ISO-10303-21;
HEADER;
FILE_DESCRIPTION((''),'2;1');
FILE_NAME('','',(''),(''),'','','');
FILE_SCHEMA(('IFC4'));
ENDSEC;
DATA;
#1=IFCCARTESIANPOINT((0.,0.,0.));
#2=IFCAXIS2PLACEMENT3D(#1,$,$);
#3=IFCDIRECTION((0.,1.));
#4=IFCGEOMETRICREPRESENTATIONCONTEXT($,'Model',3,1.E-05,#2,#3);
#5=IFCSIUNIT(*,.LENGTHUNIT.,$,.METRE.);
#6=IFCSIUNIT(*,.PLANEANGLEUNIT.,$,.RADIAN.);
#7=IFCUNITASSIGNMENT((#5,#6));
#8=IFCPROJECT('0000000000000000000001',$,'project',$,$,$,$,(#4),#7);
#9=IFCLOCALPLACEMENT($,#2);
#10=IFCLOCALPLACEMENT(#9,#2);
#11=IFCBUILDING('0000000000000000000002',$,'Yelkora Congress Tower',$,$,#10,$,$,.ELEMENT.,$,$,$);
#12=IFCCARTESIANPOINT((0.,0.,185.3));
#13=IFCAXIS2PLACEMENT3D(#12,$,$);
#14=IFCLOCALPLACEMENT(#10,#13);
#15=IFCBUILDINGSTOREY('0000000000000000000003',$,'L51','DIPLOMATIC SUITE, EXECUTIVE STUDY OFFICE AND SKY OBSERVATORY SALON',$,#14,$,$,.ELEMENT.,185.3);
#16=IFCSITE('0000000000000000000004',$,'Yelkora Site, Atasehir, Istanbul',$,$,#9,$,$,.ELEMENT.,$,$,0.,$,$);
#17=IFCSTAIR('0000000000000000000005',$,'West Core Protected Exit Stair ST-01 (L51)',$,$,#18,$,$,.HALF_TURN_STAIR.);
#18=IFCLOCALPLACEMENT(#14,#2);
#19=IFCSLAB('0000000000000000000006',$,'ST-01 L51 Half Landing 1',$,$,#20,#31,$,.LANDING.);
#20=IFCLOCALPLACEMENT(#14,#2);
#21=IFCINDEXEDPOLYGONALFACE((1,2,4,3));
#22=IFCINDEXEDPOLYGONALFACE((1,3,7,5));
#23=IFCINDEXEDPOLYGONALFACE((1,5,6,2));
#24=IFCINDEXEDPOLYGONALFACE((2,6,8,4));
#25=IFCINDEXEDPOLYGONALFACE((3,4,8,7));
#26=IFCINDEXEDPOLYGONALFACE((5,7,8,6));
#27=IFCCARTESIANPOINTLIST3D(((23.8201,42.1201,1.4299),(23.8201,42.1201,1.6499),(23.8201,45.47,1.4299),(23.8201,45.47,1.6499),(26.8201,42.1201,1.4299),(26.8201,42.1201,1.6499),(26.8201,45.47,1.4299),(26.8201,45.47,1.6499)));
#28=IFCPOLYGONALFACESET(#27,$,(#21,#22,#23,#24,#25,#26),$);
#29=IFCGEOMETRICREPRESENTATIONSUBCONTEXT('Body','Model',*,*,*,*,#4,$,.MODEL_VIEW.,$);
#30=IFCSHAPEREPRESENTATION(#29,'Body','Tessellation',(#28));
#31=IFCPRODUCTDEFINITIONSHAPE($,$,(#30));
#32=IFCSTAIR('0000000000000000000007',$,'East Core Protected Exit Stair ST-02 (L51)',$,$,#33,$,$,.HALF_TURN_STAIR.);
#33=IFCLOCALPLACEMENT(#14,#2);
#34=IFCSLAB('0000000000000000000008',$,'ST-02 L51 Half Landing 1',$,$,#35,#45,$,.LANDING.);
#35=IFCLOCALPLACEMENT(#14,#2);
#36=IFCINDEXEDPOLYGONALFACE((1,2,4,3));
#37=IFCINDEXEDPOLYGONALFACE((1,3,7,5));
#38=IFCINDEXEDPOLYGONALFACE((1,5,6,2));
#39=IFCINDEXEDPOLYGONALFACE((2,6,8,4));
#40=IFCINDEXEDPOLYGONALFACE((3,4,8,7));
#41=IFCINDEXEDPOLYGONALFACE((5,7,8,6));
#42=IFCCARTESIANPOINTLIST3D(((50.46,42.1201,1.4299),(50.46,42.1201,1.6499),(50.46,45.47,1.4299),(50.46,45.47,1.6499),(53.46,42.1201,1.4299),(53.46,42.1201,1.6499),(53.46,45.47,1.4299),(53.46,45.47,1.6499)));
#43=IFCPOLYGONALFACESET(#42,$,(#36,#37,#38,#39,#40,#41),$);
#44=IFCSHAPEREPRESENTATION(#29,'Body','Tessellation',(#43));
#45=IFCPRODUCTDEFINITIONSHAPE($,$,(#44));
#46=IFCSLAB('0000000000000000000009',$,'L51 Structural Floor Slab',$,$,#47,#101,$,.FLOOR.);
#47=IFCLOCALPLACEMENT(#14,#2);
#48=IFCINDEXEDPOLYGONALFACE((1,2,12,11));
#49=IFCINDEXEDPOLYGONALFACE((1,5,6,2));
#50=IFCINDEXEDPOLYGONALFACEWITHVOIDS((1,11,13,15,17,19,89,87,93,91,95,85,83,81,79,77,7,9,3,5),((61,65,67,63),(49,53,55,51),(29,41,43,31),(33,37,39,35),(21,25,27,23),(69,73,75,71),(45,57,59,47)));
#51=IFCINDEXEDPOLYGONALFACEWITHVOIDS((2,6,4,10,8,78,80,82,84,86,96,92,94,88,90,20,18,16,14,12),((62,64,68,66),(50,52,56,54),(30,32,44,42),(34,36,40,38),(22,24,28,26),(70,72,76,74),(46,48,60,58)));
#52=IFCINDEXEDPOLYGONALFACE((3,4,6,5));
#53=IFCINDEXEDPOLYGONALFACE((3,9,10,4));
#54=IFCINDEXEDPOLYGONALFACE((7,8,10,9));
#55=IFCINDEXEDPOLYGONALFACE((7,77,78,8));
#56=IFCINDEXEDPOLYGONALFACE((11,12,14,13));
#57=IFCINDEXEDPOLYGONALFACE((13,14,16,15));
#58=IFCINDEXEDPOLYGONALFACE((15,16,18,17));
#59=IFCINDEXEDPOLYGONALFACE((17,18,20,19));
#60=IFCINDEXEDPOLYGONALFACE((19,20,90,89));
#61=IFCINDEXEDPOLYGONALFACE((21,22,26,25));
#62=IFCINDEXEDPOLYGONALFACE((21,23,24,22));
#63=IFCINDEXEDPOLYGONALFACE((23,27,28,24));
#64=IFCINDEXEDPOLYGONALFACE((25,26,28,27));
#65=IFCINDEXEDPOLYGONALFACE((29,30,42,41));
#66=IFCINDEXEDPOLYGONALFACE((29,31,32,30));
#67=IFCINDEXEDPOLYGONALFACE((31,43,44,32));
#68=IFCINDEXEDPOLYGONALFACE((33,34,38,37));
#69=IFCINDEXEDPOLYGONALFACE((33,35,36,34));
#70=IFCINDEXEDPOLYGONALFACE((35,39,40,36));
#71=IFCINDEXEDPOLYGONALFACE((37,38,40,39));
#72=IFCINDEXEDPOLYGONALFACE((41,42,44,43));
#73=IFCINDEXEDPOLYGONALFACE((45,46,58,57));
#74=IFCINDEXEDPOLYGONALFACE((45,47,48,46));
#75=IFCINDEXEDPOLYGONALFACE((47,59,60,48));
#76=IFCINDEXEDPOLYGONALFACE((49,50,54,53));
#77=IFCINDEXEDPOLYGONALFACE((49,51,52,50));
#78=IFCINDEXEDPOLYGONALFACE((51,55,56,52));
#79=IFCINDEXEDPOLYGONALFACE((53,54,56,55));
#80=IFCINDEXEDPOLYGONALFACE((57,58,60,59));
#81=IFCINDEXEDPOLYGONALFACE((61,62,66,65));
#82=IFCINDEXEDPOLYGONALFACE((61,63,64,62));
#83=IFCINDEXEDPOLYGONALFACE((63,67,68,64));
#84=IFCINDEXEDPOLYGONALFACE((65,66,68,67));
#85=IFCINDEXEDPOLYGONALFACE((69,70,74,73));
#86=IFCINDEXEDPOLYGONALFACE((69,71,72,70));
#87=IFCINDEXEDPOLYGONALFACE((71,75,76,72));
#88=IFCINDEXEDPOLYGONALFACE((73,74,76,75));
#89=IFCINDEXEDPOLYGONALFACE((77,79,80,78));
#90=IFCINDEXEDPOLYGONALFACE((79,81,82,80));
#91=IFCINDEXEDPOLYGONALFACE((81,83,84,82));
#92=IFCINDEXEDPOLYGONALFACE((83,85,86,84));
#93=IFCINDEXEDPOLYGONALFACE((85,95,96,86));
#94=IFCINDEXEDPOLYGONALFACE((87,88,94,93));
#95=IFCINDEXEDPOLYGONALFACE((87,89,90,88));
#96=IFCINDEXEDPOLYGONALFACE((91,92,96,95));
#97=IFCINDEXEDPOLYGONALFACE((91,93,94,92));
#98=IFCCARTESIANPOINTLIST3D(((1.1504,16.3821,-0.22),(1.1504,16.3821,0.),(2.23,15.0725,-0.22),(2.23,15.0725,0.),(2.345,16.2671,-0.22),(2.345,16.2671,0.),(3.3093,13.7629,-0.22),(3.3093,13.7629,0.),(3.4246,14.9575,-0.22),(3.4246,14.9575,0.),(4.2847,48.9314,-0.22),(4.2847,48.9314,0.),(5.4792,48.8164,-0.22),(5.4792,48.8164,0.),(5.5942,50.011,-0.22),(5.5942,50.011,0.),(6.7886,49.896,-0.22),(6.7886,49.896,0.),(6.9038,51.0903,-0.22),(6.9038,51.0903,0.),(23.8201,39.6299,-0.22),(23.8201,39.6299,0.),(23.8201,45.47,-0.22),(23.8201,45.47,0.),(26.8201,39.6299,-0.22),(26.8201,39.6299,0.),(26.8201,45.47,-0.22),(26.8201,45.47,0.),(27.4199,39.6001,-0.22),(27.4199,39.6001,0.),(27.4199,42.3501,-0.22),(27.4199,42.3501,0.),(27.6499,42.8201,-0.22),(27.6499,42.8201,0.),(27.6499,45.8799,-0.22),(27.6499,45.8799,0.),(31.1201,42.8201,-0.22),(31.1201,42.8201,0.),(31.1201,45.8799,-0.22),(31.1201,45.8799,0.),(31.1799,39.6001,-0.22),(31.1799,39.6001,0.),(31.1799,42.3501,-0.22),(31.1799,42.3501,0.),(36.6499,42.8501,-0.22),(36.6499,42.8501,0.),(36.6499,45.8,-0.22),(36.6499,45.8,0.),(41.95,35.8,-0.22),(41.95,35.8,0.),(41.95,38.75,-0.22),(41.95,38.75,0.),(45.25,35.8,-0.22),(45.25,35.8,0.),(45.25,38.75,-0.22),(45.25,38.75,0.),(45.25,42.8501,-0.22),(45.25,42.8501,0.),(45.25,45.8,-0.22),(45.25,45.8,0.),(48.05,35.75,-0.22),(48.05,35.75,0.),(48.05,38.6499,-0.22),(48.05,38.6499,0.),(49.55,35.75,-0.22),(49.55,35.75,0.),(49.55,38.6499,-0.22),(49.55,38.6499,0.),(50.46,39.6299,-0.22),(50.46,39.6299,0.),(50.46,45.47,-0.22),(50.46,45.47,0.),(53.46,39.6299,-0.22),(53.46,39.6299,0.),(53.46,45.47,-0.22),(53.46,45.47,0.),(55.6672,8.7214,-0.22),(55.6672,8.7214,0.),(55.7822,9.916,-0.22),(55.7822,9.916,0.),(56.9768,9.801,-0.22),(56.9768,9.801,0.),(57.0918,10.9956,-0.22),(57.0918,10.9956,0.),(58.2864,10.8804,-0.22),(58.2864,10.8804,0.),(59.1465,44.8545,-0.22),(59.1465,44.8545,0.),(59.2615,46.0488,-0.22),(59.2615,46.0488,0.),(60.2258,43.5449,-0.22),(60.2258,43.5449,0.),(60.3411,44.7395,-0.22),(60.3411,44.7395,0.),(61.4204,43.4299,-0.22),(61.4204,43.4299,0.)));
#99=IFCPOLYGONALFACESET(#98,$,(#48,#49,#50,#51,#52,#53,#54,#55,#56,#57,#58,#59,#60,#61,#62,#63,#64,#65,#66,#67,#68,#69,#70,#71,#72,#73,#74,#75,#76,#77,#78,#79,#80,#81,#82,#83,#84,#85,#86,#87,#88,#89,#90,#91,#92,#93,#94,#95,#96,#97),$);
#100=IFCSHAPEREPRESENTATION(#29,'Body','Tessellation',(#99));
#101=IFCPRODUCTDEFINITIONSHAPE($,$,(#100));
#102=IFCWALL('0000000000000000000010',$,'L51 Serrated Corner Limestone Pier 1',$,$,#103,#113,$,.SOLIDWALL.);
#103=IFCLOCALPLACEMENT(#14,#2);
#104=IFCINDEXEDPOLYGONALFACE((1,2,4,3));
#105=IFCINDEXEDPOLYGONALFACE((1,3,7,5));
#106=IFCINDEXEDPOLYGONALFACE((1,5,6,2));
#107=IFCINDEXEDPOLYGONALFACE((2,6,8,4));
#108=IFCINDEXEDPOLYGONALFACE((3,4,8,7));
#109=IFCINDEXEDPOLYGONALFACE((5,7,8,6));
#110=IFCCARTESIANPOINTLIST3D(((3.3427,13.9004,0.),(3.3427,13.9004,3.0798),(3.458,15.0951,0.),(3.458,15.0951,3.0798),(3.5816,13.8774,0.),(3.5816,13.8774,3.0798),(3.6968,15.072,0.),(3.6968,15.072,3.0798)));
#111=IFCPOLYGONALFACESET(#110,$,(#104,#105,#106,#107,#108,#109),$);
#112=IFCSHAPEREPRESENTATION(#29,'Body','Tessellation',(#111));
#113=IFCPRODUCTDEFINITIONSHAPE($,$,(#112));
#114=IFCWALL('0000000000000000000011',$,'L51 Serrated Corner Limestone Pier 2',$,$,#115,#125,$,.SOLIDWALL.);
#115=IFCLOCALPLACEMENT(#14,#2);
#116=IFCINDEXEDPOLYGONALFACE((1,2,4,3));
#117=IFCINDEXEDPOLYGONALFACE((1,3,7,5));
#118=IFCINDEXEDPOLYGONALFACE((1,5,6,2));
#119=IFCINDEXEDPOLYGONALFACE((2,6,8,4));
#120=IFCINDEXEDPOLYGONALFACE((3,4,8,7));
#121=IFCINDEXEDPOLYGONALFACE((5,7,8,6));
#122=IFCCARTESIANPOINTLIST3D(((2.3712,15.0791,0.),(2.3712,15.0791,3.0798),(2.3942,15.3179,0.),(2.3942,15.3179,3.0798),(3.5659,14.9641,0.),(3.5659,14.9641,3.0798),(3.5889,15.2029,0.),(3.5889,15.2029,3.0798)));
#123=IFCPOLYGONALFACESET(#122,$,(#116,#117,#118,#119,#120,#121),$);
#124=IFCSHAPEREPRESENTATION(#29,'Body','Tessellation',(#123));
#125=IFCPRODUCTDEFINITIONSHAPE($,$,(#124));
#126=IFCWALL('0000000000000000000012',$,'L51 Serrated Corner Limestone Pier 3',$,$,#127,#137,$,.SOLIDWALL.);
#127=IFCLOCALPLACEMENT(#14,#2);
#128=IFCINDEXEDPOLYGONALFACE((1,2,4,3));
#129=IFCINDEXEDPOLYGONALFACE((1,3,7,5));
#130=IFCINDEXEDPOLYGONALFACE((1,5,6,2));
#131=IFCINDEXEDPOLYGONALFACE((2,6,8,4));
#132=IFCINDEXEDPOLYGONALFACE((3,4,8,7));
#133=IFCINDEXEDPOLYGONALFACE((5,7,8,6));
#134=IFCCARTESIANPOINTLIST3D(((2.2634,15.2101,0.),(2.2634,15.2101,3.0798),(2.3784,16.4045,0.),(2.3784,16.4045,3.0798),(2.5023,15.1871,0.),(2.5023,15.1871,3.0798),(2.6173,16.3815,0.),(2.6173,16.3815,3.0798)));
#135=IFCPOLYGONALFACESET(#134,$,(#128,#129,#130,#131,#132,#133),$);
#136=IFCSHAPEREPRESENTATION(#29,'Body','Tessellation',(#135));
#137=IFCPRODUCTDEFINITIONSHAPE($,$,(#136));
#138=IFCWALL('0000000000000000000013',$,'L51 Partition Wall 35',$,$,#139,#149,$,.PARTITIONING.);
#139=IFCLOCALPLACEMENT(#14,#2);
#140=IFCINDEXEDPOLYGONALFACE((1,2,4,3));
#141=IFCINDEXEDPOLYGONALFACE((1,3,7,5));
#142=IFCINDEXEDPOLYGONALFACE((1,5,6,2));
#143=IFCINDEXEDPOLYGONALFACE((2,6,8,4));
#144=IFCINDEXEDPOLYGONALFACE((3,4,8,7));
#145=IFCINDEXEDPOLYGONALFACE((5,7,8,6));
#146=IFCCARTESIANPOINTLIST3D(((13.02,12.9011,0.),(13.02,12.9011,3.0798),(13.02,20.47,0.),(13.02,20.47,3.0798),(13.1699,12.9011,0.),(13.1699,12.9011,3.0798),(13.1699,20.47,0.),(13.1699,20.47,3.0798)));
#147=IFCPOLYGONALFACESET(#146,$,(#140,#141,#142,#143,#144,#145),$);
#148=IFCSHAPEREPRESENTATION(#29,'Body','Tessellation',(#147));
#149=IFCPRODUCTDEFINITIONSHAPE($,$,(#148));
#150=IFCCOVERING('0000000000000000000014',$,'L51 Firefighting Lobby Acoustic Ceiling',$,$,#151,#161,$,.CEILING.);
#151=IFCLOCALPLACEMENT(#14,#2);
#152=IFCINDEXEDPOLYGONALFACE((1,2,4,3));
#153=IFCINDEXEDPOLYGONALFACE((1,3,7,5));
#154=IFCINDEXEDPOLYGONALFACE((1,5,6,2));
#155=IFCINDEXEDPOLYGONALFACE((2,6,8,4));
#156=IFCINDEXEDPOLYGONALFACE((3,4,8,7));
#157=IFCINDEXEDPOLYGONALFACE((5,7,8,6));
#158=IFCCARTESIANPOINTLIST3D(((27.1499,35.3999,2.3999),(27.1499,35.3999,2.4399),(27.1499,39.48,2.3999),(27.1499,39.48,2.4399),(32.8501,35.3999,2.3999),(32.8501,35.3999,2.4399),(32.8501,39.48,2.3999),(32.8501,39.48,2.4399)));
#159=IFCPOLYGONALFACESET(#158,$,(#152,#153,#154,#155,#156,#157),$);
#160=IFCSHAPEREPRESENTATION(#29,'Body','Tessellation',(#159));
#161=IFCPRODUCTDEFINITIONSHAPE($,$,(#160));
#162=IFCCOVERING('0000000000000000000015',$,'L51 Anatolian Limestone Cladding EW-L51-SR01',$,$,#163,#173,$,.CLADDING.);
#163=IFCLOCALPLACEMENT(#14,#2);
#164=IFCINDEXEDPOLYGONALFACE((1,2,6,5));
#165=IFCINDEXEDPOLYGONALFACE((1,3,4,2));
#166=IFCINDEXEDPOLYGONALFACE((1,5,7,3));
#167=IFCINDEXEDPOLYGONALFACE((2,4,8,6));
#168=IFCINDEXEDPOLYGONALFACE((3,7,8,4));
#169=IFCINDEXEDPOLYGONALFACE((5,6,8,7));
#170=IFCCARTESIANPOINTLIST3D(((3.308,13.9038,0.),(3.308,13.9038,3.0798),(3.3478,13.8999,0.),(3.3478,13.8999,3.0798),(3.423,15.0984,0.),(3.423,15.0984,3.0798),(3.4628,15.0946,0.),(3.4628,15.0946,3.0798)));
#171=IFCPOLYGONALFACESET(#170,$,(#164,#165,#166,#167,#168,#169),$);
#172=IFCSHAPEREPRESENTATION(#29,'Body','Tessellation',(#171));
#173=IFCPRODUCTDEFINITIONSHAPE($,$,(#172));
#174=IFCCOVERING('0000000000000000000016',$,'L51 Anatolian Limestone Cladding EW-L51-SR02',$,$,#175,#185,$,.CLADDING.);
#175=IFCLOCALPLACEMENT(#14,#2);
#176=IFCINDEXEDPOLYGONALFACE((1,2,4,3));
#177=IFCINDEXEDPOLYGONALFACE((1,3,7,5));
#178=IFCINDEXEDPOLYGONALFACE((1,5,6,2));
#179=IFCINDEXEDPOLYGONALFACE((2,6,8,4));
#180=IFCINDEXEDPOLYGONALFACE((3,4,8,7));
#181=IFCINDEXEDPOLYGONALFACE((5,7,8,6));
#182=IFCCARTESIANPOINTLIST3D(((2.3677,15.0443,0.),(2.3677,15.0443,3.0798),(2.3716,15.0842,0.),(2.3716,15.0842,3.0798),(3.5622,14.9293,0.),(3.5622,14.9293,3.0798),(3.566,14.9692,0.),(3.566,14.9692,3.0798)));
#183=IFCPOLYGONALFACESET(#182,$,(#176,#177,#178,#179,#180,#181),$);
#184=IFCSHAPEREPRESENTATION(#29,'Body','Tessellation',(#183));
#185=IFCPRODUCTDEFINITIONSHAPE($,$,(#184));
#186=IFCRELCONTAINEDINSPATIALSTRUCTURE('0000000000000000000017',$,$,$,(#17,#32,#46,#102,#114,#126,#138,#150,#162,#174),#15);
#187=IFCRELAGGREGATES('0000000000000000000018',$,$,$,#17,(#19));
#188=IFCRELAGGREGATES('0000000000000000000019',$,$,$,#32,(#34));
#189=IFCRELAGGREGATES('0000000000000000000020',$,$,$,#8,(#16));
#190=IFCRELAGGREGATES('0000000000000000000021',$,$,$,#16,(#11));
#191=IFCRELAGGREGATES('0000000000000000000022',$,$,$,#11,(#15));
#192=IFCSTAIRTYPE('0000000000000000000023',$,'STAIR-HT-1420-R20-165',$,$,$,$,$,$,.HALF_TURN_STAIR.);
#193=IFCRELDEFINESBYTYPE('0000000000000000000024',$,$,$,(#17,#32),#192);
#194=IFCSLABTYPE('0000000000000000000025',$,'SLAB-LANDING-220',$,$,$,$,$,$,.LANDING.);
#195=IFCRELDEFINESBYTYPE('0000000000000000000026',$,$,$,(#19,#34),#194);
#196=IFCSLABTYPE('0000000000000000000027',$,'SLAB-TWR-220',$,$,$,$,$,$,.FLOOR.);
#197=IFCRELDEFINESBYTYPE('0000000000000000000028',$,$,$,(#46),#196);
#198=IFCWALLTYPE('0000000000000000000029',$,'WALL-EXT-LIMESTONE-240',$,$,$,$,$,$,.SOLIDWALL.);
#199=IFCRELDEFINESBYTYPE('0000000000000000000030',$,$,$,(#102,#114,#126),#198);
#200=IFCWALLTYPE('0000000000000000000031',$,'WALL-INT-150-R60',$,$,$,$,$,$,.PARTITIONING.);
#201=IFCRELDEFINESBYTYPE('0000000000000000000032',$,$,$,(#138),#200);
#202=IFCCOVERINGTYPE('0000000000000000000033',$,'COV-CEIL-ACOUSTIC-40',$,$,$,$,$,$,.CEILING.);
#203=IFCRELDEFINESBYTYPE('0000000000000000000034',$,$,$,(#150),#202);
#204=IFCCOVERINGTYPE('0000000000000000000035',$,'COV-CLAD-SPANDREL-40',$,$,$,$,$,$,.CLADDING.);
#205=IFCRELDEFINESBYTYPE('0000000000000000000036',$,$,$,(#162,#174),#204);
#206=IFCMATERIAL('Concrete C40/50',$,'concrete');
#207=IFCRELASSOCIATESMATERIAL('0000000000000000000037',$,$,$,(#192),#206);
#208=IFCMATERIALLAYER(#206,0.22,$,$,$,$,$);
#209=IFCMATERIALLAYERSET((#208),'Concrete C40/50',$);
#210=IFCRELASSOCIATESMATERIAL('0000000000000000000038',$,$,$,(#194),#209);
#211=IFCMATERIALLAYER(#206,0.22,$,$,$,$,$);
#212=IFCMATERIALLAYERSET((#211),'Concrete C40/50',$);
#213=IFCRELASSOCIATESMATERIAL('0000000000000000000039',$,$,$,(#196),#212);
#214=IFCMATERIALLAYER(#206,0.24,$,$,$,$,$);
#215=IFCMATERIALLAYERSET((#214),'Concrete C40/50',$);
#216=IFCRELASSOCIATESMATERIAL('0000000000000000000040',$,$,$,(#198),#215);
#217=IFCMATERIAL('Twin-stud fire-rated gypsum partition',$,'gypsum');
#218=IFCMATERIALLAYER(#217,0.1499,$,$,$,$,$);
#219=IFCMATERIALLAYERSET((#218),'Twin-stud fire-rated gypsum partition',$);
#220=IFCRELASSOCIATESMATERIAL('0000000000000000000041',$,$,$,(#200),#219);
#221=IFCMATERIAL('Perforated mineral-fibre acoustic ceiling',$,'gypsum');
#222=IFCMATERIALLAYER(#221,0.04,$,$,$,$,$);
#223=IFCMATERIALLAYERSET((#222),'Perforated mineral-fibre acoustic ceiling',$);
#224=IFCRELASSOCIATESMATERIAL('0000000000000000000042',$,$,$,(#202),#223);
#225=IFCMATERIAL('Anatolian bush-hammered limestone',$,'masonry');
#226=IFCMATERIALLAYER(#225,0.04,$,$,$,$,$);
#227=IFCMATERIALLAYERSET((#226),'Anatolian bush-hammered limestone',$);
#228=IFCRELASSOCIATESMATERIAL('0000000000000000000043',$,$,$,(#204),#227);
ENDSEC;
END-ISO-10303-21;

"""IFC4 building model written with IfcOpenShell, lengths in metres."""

from ifc_helpers import new_model, si_unit, direction, frame, frame_2d, origin, place, context, subcontext, project, spatial, polyline, rectangle, outline, extrude, material, layer, layer_set, type_object, element, aggregate, save


model = new_model("IFC4")

# Units and contexts
model_context = context("Model", 3, precision=1e-05, world=origin(), true_north=direction((0.0, 1.0)))
body_context = subcontext(model_context, "Body", "Model", "MODEL_VIEW")
ifc_project = project(units=[si_unit("LENGTHUNIT", "METRE"), si_unit("PLANEANGLEUNIT", "RADIAN")], contexts=[model_context])

# Site, building, storey
site_placement = place(None, origin())
site = spatial("IfcSite", under=ifc_project, at=site_placement, Name="Yelkora Site, Atasehir, Istanbul", CompositionType="ELEMENT", RefElevation=0.0)
building_placement = place(site_placement, origin())
building = spatial("IfcBuilding", under=site, at=building_placement, Name="Yelkora Congress Tower", CompositionType="ELEMENT")
storey_placement = place(building_placement, frame((0.0, 0.0, 185.3)))
storey = spatial("IfcBuildingStorey", under=building, at=storey_placement, Name="L51", Description="DIPLOMATIC SUITE, EXECUTIVE STUDY OFFICE AND SKY OBSERVATORY SALON", CompositionType="ELEMENT", Elevation=185.3)

# Stairs, slabs
ifc_material_1 = material(Name="Concrete C40/50", Category="concrete")
stair_type = type_object("IfcStairType", Name="STAIR-HT-1420-R20-165", PredefinedType="HALF_TURN_STAIR", material=ifc_material_1)
stair_1_placement = place(storey_placement, origin())
stair_1 = element("IfcStair", 1, at=stair_1_placement, inside=storey, type_object=stair_type, Name="West Core Protected Exit Stair ST-01 (L51)", PredefinedType="HALF_TURN_STAIR")
ifc_layer_1 = layer(ifc_material_1, 0.22)
ifc_layer_set_1 = layer_set([ifc_layer_1], Name="Concrete C40/50")
slab_type_1 = type_object("IfcSlabType", Name="SLAB-LANDING-220", PredefinedType="LANDING", material=ifc_layer_set_1)
slab_1_placement = place(storey_placement, frame((0.0, 0.0, 1.4299)))
slab_1 = element("IfcSlab", 2, at=slab_1_placement, type_object=slab_type_1, Name="ST-01 L51 Half Landing 1", PredefinedType="LANDING", context=body_context, shape_type="SweptSolid", body=[
    extrude(outline(polyline([(26.8201, 42.1201), (26.8201, 45.47), (23.8201, 45.47), (23.8201, 42.1201), (26.8201, 42.1201)])), origin(), (0.0, 0.0, 1.0), 0.22),
])
aggregate(stair_1, [slab_1])
stair_2_placement = place(storey_placement, origin())
stair_2 = element("IfcStair", 3, at=stair_2_placement, inside=storey, type_object=stair_type, Name="East Core Protected Exit Stair ST-02 (L51)", PredefinedType="HALF_TURN_STAIR")
slab_2_placement = place(storey_placement, frame((0.0, 0.0, 1.4299)))
slab_2 = element("IfcSlab", 4, at=slab_2_placement, type_object=slab_type_1, Name="ST-02 L51 Half Landing 1", PredefinedType="LANDING", context=body_context, shape_type="SweptSolid", body=[
    extrude(outline(polyline([(53.46, 42.1201), (53.46, 45.47), (50.46, 45.47), (50.46, 42.1201), (53.46, 42.1201)])), origin(), (0.0, 0.0, 1.0), 0.22),
])
aggregate(stair_2, [slab_2])

# Slab
ifc_layer_2 = layer(ifc_material_1, 0.22)
ifc_layer_set_2 = layer_set([ifc_layer_2], Name="Concrete C40/50")
slab_type_2 = type_object("IfcSlabType", Name="SLAB-TWR-220", PredefinedType="FLOOR", material=ifc_layer_set_2)
slab_3_placement = place(storey_placement, frame((0.0, 0.0, -0.22)))
element("IfcSlab", 5, at=slab_3_placement, inside=storey, type_object=slab_type_2, Name="L51 Structural Floor Slab", PredefinedType="FLOOR", context=body_context, shape_type="SweptSolid", body=[
    extrude(outline(polyline([(3.3093, 13.7629), (55.6672, 8.7214), (55.7822, 9.916), (56.9768, 9.801), (57.0918, 10.9956), (58.2864, 10.8804), (61.4204, 43.4299), (60.2258, 43.5449), (60.3411, 44.7395), (59.1465, 44.8545), (59.2615, 46.0488), (6.9038, 51.0903), (6.7886, 49.896), (5.5942, 50.011), (5.4792, 48.8164), (4.2847, 48.9314), (1.1504, 16.3821), (2.345, 16.2671), (2.23, 15.0725), (3.4246, 14.9575), (3.3093, 13.7629)]), holes=[polyline([(23.8201, 39.6299), (26.8201, 39.6299), (26.8201, 45.47), (23.8201, 45.47), (23.8201, 39.6299)]), polyline([(50.46, 39.6299), (53.46, 39.6299), (53.46, 45.47), (50.46, 45.47), (50.46, 39.6299)]), polyline([(48.05, 35.75), (49.55, 35.75), (49.55, 38.6499), (48.05, 38.6499), (48.05, 35.75)]), polyline([(36.6499, 42.8501), (45.25, 42.8501), (45.25, 45.8), (36.6499, 45.8), (36.6499, 42.8501)]), polyline([(41.95, 35.8), (45.25, 35.8), (45.25, 38.75), (41.95, 38.75), (41.95, 35.8)]), polyline([(27.4199, 39.6001), (31.1799, 39.6001), (31.1799, 42.3501), (27.4199, 42.3501), (27.4199, 39.6001)]), polyline([(27.6499, 42.8201), (31.1201, 42.8201), (31.1201, 45.8799), (27.6499, 45.8799), (27.6499, 42.8201)])]), origin(), (0.0, 0.0, 1.0), 0.22),
])

# Walls
ifc_layer_3 = layer(ifc_material_1, 0.24)
ifc_layer_set_3 = layer_set([ifc_layer_3], Name="Concrete C40/50")
wall_type_1 = type_object("IfcWallType", Name="WALL-EXT-LIMESTONE-240", PredefinedType="SOLIDWALL", material=ifc_layer_set_3)
for number, where, z_axis, x_axis, name in (
    (6, (3.4622, 13.8889, 0.0), (0.0, 0.0, 1.0), (0.096019, 0.99538, 0.0), "L51 Serrated Corner Limestone Pier 1"),
    (7, (3.5774, 15.0835, 0.0), (0.0, 0.0, 1.0), (-0.995399, 0.095817, 0.0), "L51 Serrated Corner Limestone Pier 2"),
):
    element("IfcWall", number, at=place(storey_placement, frame(where, z_axis=z_axis, x_axis=x_axis)), inside=storey, type_object=wall_type_1, Name=name, PredefinedType="SOLIDWALL", context=body_context, shape_type="SweptSolid", body=[
        extrude(rectangle(XDim=1.2002, YDim=0.24, at=frame_2d((0.6001, 0.0))), origin(), (0.0, 0.0, 1.0), 3.0798),
    ])
wall_1_placement = place(storey_placement, frame((2.3828, 15.1985, 0.0), z_axis=(0.0, 0.0, 1.0), x_axis=(0.095836, 0.995397, 0.0)))
element("IfcWall", 8, at=wall_1_placement, inside=storey, type_object=wall_type_1, Name="L51 Serrated Corner Limestone Pier 3", PredefinedType="SOLIDWALL", context=body_context, shape_type="SweptSolid", body=[
    extrude(rectangle(XDim=1.2, YDim=0.24, at=frame_2d((0.6001, 0.0))), origin(), (0.0, 0.0, 1.0), 3.0798),
])
ifc_material_2 = material(Name="Twin-stud fire-rated gypsum partition", Category="gypsum")
ifc_layer_4 = layer(ifc_material_2, 0.1499)
ifc_layer_set_4 = layer_set([ifc_layer_4], Name="Twin-stud fire-rated gypsum partition")
wall_type_2 = type_object("IfcWallType", Name="WALL-INT-150-R60", PredefinedType="PARTITIONING", material=ifc_layer_set_4)
wall_2_placement = place(storey_placement, frame((13.095, 12.9011, 0.0), z_axis=(0.0, 0.0, 1.0), x_axis=(0.0, 1.0, 0.0)))
element("IfcWall", 9, at=wall_2_placement, inside=storey, type_object=wall_type_2, Name="L51 Partition Wall 35", PredefinedType="PARTITIONING", context=body_context, shape_type="SweptSolid", body=[
    extrude(rectangle(XDim=7.5688, YDim=0.1499, at=frame_2d((3.7844, 0.0))), origin(), (0.0, 0.0, 1.0), 3.0798),
])

# Coverings
ifc_material_3 = material(Name="Perforated mineral-fibre acoustic ceiling", Category="gypsum")
ifc_layer_5 = layer(ifc_material_3, 0.04)
ifc_layer_set_5 = layer_set([ifc_layer_5], Name="Perforated mineral-fibre acoustic ceiling")
covering_type_1 = type_object("IfcCoveringType", Name="COV-CEIL-ACOUSTIC-40", PredefinedType="CEILING", material=ifc_layer_set_5)
covering_1_placement = place(storey_placement, frame((0.0, 0.0, 2.3999)))
element("IfcCovering", 10, at=covering_1_placement, inside=storey, type_object=covering_type_1, Name="L51 Firefighting Lobby Acoustic Ceiling", PredefinedType="CEILING", context=body_context, shape_type="SweptSolid", body=[
    extrude(outline(polyline([(27.1499, 35.3999), (32.8501, 35.3999), (32.8501, 39.48), (27.1499, 39.48), (27.1499, 35.3999)])), origin(), (0.0, 0.0, 1.0), 0.04),
])
ifc_material_4 = material(Name="Anatolian bush-hammered limestone", Category="masonry")
ifc_layer_6 = layer(ifc_material_4, 0.04)
ifc_layer_set_6 = layer_set([ifc_layer_6], Name="Anatolian bush-hammered limestone")
covering_type_2 = type_object("IfcCoveringType", Name="COV-CLAD-SPANDREL-40", PredefinedType="CLADDING", material=ifc_layer_set_6)
covering_2_placement = place(storey_placement, frame((3.3279, 13.9019, 0.0), z_axis=(0.0, 0.0, 1.0), x_axis=(0.095817, 0.995399, 0.0)))
element("IfcCovering", 11, at=covering_2_placement, inside=storey, type_object=covering_type_2, Name="L51 Anatolian Limestone Cladding EW-L51-SR01", PredefinedType="CLADDING", context=body_context, shape_type="SweptSolid", body=[
    extrude(rectangle(XDim=1.2002, YDim=0.04, at=frame_2d((0.6001, 0.0))), origin(), (0.0, 0.0, 1.0), 3.0798),
])
covering_3_placement = place(storey_placement, frame((3.5642, 14.9492, 0.0), z_axis=(0.0, 0.0, 1.0), x_axis=(-0.995397, 0.095836, 0.0)))
element("IfcCovering", 12, at=covering_3_placement, inside=storey, type_object=covering_type_2, Name="L51 Anatolian Limestone Cladding EW-L51-SR02", PredefinedType="CLADDING", context=body_context, shape_type="SweptSolid", body=[
    extrude(rectangle(XDim=1.2, YDim=0.04, at=frame_2d((0.6001, 0.0))), origin(), (0.0, 0.0, 1.0), 3.0798),
])

save(model, "model.ifc")
